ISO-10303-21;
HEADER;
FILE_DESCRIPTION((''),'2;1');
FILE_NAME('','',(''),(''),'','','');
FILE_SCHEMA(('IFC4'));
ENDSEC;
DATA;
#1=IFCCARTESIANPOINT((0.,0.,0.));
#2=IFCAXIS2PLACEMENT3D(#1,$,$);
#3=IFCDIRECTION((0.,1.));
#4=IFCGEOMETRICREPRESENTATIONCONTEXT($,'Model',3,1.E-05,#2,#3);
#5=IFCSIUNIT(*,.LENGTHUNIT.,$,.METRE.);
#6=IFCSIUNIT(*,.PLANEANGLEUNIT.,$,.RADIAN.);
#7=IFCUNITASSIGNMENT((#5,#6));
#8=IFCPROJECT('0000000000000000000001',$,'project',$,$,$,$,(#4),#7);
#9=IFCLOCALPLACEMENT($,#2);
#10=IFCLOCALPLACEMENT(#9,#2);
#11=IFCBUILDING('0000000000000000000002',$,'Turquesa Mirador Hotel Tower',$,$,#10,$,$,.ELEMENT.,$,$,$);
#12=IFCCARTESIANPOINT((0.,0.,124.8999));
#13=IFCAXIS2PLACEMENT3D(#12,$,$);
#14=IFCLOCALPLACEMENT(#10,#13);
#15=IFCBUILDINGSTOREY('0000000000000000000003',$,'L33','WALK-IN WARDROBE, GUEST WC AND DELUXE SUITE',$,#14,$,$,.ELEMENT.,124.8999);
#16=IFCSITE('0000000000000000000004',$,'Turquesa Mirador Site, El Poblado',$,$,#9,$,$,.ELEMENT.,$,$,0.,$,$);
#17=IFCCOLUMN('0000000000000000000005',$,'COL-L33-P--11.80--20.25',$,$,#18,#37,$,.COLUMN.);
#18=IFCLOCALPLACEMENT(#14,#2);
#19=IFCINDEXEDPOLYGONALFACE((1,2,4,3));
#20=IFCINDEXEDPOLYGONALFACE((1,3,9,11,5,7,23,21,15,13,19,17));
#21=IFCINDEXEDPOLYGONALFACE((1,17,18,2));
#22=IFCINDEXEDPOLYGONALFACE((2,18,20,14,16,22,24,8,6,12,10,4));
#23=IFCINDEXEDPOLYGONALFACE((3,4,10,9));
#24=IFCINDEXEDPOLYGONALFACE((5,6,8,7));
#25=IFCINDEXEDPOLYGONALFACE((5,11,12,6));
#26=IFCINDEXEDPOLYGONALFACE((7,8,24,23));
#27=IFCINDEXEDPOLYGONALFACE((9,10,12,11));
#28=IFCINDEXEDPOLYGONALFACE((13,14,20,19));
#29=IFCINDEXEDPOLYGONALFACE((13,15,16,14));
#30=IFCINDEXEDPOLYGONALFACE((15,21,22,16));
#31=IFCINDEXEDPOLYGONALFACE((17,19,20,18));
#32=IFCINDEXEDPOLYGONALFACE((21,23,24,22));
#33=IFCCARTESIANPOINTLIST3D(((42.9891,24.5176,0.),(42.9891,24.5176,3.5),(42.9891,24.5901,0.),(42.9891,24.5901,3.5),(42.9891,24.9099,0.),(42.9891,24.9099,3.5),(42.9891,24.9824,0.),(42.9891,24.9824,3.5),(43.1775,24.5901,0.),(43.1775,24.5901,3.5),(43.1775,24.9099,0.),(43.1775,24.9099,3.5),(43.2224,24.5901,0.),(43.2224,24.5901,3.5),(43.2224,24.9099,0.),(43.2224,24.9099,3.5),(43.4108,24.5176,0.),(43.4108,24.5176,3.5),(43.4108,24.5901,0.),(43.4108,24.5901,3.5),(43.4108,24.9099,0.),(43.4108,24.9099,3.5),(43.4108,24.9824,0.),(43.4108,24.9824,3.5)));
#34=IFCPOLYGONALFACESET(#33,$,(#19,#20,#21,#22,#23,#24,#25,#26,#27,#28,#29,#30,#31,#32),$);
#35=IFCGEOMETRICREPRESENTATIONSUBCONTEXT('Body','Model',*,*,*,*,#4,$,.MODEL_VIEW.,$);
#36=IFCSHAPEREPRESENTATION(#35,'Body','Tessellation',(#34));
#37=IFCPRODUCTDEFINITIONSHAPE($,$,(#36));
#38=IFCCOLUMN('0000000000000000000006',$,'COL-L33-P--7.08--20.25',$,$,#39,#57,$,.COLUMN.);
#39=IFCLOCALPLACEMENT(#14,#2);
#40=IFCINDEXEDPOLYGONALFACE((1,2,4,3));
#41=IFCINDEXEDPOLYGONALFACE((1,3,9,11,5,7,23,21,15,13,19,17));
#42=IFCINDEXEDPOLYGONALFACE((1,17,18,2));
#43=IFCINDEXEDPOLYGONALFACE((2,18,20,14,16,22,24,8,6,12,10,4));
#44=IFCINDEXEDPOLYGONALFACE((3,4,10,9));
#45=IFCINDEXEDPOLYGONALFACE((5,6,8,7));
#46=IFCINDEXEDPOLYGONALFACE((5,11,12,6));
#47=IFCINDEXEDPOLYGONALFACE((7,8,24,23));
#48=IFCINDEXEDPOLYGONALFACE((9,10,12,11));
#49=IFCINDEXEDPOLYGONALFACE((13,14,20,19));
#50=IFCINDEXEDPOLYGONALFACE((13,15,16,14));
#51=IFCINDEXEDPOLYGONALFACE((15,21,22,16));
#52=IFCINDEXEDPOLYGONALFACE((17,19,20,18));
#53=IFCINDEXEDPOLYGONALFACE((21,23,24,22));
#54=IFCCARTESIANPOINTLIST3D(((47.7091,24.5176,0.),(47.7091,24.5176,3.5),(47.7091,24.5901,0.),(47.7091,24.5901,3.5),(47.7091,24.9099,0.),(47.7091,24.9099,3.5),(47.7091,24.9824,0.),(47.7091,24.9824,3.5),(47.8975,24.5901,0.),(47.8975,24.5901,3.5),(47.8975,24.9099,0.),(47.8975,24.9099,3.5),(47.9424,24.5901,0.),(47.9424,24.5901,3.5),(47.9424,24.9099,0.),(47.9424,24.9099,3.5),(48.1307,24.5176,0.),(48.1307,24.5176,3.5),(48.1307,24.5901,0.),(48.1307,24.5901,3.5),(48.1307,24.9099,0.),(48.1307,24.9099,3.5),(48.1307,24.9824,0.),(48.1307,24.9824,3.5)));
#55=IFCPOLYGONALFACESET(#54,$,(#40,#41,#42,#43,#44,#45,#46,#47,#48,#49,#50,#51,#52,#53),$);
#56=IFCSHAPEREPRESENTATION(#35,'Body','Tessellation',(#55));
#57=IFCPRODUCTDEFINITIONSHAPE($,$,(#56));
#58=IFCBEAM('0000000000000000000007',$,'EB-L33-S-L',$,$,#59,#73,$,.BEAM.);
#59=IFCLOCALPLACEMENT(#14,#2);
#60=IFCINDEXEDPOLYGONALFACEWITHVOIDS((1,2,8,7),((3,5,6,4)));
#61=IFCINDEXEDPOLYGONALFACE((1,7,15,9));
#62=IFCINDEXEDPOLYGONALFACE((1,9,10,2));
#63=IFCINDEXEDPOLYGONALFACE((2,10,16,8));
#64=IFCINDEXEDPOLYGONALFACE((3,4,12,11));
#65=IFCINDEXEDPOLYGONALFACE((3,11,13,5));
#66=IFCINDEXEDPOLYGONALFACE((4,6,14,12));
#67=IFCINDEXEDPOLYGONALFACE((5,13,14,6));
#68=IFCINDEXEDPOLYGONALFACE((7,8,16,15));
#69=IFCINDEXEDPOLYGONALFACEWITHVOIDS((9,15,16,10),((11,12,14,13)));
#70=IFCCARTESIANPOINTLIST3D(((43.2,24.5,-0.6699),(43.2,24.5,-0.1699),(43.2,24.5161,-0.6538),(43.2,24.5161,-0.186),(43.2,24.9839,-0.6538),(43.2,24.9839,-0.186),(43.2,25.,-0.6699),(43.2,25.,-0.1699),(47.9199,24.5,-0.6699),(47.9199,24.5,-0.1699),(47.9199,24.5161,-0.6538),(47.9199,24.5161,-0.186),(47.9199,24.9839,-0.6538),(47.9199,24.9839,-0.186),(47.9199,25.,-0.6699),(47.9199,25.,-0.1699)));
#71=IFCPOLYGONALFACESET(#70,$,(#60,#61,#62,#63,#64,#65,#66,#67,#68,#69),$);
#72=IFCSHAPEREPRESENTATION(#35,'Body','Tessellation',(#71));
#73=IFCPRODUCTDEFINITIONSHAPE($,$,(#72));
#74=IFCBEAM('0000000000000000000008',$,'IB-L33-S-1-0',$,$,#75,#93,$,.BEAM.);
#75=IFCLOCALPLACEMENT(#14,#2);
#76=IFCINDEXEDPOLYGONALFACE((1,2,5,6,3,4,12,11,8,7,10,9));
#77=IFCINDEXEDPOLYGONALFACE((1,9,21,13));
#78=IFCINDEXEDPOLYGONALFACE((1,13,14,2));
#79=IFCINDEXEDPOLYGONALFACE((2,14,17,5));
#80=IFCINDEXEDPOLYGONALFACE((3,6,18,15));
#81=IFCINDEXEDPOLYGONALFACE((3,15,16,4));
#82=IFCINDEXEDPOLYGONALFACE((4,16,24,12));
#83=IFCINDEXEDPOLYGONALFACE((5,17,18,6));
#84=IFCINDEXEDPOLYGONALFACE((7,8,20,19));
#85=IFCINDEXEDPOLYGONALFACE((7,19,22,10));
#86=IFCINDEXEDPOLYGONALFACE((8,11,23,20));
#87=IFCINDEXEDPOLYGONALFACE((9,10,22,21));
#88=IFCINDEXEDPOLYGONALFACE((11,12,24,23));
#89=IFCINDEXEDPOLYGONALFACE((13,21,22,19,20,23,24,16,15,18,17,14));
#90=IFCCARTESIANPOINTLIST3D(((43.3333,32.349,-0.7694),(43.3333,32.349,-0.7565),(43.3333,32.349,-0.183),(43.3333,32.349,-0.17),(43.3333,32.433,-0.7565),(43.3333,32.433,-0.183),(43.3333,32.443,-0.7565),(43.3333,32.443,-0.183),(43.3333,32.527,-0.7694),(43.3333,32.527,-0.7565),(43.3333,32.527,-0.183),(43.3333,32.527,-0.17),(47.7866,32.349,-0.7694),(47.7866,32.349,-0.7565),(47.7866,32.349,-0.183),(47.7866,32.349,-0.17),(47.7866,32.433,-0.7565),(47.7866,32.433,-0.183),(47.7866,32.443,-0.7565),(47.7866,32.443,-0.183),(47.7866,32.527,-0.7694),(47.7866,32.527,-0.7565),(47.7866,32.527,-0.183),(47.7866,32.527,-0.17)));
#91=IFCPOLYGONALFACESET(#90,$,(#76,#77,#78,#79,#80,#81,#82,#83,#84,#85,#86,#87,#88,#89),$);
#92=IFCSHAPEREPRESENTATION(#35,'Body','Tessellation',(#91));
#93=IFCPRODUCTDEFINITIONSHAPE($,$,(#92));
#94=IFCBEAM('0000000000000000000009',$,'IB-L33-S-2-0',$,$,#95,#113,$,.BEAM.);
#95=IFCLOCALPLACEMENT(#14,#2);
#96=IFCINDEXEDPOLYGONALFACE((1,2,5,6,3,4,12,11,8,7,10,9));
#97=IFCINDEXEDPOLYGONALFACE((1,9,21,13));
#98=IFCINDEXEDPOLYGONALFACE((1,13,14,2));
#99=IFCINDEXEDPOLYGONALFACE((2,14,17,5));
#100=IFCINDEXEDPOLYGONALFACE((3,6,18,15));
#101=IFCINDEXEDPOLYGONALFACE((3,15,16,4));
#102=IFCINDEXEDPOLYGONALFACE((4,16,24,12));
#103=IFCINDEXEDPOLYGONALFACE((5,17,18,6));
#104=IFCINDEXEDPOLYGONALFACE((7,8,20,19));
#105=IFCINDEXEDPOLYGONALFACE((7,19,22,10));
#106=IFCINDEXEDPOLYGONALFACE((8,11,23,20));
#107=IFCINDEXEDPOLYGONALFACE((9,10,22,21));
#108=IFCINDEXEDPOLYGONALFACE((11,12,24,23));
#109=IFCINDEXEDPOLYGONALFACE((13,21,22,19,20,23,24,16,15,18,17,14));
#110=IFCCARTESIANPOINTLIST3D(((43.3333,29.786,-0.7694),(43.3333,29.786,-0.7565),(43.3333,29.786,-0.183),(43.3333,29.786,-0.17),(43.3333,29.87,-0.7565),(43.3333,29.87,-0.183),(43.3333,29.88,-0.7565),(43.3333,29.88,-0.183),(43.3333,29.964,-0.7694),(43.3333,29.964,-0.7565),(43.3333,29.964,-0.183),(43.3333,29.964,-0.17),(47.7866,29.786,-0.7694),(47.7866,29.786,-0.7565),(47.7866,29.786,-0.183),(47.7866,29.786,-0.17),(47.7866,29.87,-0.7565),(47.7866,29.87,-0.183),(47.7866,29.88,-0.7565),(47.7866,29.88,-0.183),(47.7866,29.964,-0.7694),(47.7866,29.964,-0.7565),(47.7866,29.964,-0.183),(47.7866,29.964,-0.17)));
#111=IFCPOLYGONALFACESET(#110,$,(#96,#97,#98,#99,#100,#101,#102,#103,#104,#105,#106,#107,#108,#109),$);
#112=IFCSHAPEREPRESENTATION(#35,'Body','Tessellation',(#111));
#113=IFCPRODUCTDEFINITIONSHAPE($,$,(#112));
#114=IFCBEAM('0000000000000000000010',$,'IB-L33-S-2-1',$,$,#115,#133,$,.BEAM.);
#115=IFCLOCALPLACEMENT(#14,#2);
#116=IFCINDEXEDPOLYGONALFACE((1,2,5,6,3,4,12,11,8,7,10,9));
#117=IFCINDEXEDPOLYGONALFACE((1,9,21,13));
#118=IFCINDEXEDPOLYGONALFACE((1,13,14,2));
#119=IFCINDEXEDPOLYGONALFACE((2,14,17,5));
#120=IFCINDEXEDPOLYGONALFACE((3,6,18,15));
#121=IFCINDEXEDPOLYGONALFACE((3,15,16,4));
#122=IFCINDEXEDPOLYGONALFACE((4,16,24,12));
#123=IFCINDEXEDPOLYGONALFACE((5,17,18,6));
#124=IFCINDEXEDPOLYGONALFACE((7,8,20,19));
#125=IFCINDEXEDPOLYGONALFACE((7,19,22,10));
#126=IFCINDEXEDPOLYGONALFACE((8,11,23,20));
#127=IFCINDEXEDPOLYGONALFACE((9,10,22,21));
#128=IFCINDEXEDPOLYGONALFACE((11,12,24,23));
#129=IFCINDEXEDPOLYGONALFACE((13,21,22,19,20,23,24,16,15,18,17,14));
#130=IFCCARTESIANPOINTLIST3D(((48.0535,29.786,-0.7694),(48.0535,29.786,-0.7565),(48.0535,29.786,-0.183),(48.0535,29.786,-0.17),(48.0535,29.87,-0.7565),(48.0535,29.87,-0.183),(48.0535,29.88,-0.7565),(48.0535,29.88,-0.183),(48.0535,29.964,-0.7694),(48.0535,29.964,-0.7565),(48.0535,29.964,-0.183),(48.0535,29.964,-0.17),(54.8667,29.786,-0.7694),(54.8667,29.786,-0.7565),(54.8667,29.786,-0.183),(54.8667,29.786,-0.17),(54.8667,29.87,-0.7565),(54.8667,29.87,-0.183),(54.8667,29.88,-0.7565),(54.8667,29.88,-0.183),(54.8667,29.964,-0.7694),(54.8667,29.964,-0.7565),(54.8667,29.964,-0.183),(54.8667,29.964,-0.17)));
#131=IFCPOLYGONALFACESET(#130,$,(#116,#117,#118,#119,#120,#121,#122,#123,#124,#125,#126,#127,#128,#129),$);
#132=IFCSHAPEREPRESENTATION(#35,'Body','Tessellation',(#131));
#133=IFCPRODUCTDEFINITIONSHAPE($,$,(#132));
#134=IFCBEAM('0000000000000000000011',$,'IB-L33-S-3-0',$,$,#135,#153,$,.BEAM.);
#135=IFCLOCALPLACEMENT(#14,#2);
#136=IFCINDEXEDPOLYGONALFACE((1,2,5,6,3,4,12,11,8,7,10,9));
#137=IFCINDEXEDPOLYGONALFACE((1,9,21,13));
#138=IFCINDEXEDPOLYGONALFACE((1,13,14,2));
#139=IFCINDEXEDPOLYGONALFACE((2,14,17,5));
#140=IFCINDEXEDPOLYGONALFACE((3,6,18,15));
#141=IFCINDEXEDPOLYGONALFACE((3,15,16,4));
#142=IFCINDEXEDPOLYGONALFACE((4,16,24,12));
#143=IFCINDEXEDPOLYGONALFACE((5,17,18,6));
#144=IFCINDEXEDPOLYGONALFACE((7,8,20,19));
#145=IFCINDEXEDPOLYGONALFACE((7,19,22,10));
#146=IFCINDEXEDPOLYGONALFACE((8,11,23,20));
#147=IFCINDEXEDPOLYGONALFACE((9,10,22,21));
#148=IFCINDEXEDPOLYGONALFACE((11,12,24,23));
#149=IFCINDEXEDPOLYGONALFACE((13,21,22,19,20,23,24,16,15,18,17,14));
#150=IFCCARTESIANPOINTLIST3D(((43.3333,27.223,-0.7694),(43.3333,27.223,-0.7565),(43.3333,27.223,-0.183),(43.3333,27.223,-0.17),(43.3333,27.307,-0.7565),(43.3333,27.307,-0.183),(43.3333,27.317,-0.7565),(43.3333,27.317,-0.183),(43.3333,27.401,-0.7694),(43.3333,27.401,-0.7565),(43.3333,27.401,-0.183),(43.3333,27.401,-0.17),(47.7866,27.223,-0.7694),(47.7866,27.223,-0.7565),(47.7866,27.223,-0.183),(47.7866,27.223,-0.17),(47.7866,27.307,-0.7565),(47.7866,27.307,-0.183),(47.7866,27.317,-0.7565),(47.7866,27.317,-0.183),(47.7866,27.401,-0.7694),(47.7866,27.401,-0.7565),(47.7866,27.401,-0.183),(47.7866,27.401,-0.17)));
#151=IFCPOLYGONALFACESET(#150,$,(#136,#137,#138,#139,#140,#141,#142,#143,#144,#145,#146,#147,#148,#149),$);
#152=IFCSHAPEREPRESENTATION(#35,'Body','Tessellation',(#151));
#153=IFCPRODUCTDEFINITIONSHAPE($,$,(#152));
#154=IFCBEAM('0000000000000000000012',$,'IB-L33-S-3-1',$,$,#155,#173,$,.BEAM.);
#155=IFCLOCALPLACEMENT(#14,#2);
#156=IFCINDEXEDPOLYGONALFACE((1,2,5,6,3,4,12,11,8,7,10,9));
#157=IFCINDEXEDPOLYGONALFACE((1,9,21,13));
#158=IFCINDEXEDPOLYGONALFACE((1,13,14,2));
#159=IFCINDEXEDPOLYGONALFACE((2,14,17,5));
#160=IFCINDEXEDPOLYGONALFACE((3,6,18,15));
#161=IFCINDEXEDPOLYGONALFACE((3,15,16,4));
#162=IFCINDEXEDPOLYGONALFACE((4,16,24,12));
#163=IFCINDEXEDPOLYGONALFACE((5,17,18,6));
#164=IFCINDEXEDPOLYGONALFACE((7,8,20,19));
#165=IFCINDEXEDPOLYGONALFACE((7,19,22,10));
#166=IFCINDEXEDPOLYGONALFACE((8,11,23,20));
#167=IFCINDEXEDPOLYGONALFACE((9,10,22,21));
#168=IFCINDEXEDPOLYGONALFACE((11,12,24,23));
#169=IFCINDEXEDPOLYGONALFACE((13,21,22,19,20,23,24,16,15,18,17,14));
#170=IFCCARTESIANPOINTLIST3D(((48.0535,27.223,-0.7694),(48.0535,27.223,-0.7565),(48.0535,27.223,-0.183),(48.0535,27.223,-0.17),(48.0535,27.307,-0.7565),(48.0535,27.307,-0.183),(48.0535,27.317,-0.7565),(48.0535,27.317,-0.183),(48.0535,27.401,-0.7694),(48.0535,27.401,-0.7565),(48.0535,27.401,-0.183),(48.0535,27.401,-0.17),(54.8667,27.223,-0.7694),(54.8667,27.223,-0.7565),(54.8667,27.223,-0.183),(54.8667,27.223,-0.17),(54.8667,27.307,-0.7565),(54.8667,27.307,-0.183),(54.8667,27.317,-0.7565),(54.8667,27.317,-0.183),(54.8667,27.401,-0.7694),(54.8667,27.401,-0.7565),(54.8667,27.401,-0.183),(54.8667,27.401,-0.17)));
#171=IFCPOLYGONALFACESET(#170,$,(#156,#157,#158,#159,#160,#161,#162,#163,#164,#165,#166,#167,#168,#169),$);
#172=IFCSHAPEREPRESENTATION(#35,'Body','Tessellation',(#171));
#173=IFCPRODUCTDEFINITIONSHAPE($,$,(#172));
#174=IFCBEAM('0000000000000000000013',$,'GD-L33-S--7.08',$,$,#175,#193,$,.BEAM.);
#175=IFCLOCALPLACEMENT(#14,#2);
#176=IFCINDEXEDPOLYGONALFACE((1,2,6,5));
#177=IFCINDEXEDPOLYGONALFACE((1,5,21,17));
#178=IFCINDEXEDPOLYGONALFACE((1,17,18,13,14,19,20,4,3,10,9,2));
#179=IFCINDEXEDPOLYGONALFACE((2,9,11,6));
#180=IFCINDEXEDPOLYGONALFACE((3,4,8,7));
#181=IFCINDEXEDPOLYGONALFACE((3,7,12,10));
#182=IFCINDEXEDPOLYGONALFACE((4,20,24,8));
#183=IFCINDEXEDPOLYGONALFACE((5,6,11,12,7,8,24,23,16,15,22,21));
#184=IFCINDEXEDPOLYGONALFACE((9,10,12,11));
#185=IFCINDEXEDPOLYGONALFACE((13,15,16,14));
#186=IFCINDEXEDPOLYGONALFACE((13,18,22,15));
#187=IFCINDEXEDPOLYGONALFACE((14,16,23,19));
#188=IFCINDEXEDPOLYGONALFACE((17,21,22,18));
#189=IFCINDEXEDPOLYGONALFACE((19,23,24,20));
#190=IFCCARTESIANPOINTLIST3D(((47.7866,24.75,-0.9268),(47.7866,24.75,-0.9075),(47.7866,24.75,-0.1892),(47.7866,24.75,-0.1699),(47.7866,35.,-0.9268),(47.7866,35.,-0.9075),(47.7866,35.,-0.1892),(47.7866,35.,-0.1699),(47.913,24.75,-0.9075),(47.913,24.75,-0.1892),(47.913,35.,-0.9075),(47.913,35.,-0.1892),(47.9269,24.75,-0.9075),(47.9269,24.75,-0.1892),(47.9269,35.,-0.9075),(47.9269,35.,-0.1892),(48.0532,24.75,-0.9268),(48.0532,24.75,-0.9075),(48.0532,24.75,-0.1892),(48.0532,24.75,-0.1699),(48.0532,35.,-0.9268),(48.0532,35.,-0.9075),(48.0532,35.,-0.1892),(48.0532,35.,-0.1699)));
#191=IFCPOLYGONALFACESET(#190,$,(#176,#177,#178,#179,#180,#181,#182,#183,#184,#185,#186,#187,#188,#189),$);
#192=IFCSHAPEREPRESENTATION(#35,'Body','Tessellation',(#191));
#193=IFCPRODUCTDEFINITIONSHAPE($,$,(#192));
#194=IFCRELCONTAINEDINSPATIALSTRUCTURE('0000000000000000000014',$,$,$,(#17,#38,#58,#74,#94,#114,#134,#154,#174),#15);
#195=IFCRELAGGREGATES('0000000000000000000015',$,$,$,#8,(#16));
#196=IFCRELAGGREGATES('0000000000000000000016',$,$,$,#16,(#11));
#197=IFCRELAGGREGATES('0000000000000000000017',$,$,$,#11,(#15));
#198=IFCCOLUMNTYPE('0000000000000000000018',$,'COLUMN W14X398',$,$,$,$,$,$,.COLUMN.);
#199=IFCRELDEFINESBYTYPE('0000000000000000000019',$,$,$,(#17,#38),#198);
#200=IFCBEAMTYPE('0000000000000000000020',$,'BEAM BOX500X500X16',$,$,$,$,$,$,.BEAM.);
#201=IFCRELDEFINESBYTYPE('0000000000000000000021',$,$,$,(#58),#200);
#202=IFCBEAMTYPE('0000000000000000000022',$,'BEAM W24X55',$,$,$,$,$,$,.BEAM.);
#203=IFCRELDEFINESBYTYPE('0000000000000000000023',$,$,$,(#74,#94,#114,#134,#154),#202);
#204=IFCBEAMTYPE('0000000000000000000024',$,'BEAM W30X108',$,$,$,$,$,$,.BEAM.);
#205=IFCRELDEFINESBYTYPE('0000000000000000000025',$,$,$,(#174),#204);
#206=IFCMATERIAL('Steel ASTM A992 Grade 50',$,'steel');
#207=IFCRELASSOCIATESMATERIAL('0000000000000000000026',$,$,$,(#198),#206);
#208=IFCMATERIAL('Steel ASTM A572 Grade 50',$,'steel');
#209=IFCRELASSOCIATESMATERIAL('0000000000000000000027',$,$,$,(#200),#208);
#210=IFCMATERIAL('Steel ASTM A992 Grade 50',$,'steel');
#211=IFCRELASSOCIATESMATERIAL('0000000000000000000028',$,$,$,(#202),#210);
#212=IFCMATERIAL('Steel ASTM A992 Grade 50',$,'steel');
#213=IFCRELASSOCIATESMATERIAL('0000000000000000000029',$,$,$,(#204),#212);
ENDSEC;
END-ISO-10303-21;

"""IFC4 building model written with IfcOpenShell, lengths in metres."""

from ifc_helpers import new_model, si_unit, direction, frame, origin, origin_2d, place, context, subcontext, project, spatial, hollow_rectangle, i_section, extrude, material, material_profile, profile_set, type_object, element, save


model = new_model("IFC4")

# Units and contexts
model_context = context("Model", 3, precision=1e-05, world=origin(), true_north=direction((0.0, 1.0)))
body_context = subcontext(model_context, "Body", "Model", "MODEL_VIEW")
ifc_project = project(units=[si_unit("LENGTHUNIT", "METRE"), si_unit("PLANEANGLEUNIT", "RADIAN")], contexts=[model_context])

# Site, building, storey
site_placement = place(None, origin())
site = spatial("IfcSite", under=ifc_project, at=site_placement, Name="Turquesa Mirador Site, El Poblado", CompositionType="ELEMENT", RefElevation=0.0)
building_placement = place(site_placement, origin())
building = spatial("IfcBuilding", under=site, at=building_placement, Name="Turquesa Mirador Hotel Tower", CompositionType="ELEMENT")
storey_placement = place(building_placement, frame((0.0, 0.0, 124.8999)))
storey = spatial("IfcBuildingStorey", under=building, at=storey_placement, Name="L33", Description="WALK-IN WARDROBE, GUEST WC AND DELUXE SUITE", CompositionType="ELEMENT", Elevation=124.8999)

# Columns
ifc_material_1 = material(Name="Steel ASTM A992 Grade 50", Category="steel")
ifc_material_profile_1 = material_profile(ifc_material_1, i_section(OverallWidth=0.4216, OverallDepth=0.4648, WebThickness=0.0449, FlangeThickness=0.0725, at=origin_2d()), Name="W14X398")
ifc_profile_set_1 = profile_set([ifc_material_profile_1], Name="Steel ASTM A992 Grade 50")
column_type = type_object("IfcColumnType", Name="COLUMN W14X398", PredefinedType="COLUMN", material=ifc_profile_set_1)
for number, where, z_axis, x_axis, name in (
    (1, (43.2, 24.75, 0.0), (0.0, 0.0, 1.0), (1.0, 0.0, 0.0), "COL-L33-P--11.80--20.25"),
    (2, (47.9199, 24.75, 0.0), (0.0, 0.0, 1.0), (1.0, 0.0, 0.0), "COL-L33-P--7.08--20.25"),
):
    element("IfcColumn", number, at=place(storey_placement, frame(where, z_axis=z_axis, x_axis=x_axis)), inside=storey, type_object=column_type, Name=name, PredefinedType="COLUMN", context=body_context, shape_type="SweptSolid", body=[
        extrude(i_section(OverallWidth=0.4216, OverallDepth=0.4648, WebThickness=0.0449, FlangeThickness=0.0725, at=origin_2d()), origin(), (0.0, 0.0, 1.0), 3.5),
    ])

# Beams
ifc_material_2 = material(Name="Steel ASTM A572 Grade 50", Category="steel")
ifc_material_profile_2 = material_profile(ifc_material_2, hollow_rectangle(XDim=0.5, YDim=0.5, WallThickness=0.0161, at=origin_2d()), Name="BOX500X500X16")
ifc_profile_set_2 = profile_set([ifc_material_profile_2], Name="Steel ASTM A572 Grade 50")
beam_type_1 = type_object("IfcBeamType", Name="BEAM BOX500X500X16", PredefinedType="BEAM", material=ifc_profile_set_2)
beam_1_placement = place(storey_placement, frame((43.2, 24.75, -0.4199), z_axis=(1.0, 0.0, 0.0), x_axis=(0.0, 1.0, 0.0)))
element("IfcBeam", 3, at=beam_1_placement, inside=storey, type_object=beam_type_1, Name="EB-L33-S-L", PredefinedType="BEAM", context=body_context, shape_type="SweptSolid", body=[
    extrude(hollow_rectangle(XDim=0.5, YDim=0.5, WallThickness=0.0161, at=origin_2d()), origin(), (0.0, 0.0, 1.0), 4.72),
])
ifc_material_3 = material(Name="Steel ASTM A992 Grade 50", Category="steel")
ifc_material_profile_3 = material_profile(ifc_material_3, i_section(OverallWidth=0.178, OverallDepth=0.5994, WebThickness=0.01, FlangeThickness=0.0129, at=origin_2d()), Name="W24X55")
ifc_profile_set_3 = profile_set([ifc_material_profile_3], Name="Steel ASTM A992 Grade 50")
beam_type_2 = type_object("IfcBeamType", Name="BEAM W24X55", PredefinedType="BEAM", material=ifc_profile_set_3)
for number, where, z_axis, x_axis, name in (
    (4, (43.3333, 32.438, -0.4697), (1.0, 0.0, 0.0), (0.0, 1.0, 0.0), "IB-L33-S-1-0"),
    (5, (43.3333, 29.875, -0.4697), (1.0, 0.0, 0.0), (0.0, 1.0, 0.0), "IB-L33-S-2-0"),
):
    element("IfcBeam", number, at=place(storey_placement, frame(where, z_axis=z_axis, x_axis=x_axis)), inside=storey, type_object=beam_type_2, Name=name, PredefinedType="BEAM", context=body_context, shape_type="SweptSolid", body=[
        extrude(i_section(OverallWidth=0.178, OverallDepth=0.5994, WebThickness=0.01, FlangeThickness=0.0129, at=origin_2d()), origin(), (0.0, 0.0, 1.0), 4.4534),
    ])
beam_2_placement = place(storey_placement, frame((48.0535, 29.875, -0.4697), z_axis=(1.0, 0.0, 0.0), x_axis=(0.0, 1.0, 0.0)))
element("IfcBeam", 6, at=beam_2_placement, inside=storey, type_object=beam_type_2, Name="IB-L33-S-2-1", PredefinedType="BEAM", context=body_context, shape_type="SweptSolid", body=[
    extrude(i_section(OverallWidth=0.178, OverallDepth=0.5994, WebThickness=0.01, FlangeThickness=0.0129, at=origin_2d()), origin(), (0.0, 0.0, 1.0), 6.8132),
])
beam_3_placement = place(storey_placement, frame((43.3333, 27.312, -0.4697), z_axis=(1.0, 0.0, 0.0), x_axis=(0.0, 1.0, 0.0)))
element("IfcBeam", 7, at=beam_3_placement, inside=storey, type_object=beam_type_2, Name="IB-L33-S-3-0", PredefinedType="BEAM", context=body_context, shape_type="SweptSolid", body=[
    extrude(i_section(OverallWidth=0.178, OverallDepth=0.5994, WebThickness=0.01, FlangeThickness=0.0129, at=origin_2d()), origin(), (0.0, 0.0, 1.0), 4.4534),
])
beam_4_placement = place(storey_placement, frame((48.0535, 27.312, -0.4697), z_axis=(1.0, 0.0, 0.0), x_axis=(0.0, 1.0, 0.0)))
element("IfcBeam", 8, at=beam_4_placement, inside=storey, type_object=beam_type_2, Name="IB-L33-S-3-1", PredefinedType="BEAM", context=body_context, shape_type="SweptSolid", body=[
    extrude(i_section(OverallWidth=0.178, OverallDepth=0.5994, WebThickness=0.01, FlangeThickness=0.0129, at=origin_2d()), origin(), (0.0, 0.0, 1.0), 6.8132),
])
ifc_material_4 = material(Name="Steel ASTM A992 Grade 50", Category="steel")
ifc_material_profile_4 = material_profile(ifc_material_4, i_section(OverallWidth=0.2666, OverallDepth=0.7568, WebThickness=0.0139, FlangeThickness=0.0193, at=origin_2d()), Name="W30X108")
ifc_profile_set_4 = profile_set([ifc_material_profile_4], Name="Steel ASTM A992 Grade 50")
beam_type_3 = type_object("IfcBeamType", Name="BEAM W30X108", PredefinedType="BEAM", material=ifc_profile_set_4)
beam_5_placement = place(storey_placement, frame((47.9199, 24.75, -0.5483), z_axis=(0.0, 1.0, 0.0), x_axis=(-1.0, 0.0, 0.0)))
element("IfcBeam", 9, at=beam_5_placement, inside=storey, type_object=beam_type_3, Name="GD-L33-S--7.08", PredefinedType="BEAM", context=body_context, shape_type="SweptSolid", body=[
    extrude(i_section(OverallWidth=0.2666, OverallDepth=0.7568, WebThickness=0.0139, FlangeThickness=0.0193, at=origin_2d()), origin(), (0.0, 0.0, 1.0), 10.25),
])

save(model, "model.ifc")
